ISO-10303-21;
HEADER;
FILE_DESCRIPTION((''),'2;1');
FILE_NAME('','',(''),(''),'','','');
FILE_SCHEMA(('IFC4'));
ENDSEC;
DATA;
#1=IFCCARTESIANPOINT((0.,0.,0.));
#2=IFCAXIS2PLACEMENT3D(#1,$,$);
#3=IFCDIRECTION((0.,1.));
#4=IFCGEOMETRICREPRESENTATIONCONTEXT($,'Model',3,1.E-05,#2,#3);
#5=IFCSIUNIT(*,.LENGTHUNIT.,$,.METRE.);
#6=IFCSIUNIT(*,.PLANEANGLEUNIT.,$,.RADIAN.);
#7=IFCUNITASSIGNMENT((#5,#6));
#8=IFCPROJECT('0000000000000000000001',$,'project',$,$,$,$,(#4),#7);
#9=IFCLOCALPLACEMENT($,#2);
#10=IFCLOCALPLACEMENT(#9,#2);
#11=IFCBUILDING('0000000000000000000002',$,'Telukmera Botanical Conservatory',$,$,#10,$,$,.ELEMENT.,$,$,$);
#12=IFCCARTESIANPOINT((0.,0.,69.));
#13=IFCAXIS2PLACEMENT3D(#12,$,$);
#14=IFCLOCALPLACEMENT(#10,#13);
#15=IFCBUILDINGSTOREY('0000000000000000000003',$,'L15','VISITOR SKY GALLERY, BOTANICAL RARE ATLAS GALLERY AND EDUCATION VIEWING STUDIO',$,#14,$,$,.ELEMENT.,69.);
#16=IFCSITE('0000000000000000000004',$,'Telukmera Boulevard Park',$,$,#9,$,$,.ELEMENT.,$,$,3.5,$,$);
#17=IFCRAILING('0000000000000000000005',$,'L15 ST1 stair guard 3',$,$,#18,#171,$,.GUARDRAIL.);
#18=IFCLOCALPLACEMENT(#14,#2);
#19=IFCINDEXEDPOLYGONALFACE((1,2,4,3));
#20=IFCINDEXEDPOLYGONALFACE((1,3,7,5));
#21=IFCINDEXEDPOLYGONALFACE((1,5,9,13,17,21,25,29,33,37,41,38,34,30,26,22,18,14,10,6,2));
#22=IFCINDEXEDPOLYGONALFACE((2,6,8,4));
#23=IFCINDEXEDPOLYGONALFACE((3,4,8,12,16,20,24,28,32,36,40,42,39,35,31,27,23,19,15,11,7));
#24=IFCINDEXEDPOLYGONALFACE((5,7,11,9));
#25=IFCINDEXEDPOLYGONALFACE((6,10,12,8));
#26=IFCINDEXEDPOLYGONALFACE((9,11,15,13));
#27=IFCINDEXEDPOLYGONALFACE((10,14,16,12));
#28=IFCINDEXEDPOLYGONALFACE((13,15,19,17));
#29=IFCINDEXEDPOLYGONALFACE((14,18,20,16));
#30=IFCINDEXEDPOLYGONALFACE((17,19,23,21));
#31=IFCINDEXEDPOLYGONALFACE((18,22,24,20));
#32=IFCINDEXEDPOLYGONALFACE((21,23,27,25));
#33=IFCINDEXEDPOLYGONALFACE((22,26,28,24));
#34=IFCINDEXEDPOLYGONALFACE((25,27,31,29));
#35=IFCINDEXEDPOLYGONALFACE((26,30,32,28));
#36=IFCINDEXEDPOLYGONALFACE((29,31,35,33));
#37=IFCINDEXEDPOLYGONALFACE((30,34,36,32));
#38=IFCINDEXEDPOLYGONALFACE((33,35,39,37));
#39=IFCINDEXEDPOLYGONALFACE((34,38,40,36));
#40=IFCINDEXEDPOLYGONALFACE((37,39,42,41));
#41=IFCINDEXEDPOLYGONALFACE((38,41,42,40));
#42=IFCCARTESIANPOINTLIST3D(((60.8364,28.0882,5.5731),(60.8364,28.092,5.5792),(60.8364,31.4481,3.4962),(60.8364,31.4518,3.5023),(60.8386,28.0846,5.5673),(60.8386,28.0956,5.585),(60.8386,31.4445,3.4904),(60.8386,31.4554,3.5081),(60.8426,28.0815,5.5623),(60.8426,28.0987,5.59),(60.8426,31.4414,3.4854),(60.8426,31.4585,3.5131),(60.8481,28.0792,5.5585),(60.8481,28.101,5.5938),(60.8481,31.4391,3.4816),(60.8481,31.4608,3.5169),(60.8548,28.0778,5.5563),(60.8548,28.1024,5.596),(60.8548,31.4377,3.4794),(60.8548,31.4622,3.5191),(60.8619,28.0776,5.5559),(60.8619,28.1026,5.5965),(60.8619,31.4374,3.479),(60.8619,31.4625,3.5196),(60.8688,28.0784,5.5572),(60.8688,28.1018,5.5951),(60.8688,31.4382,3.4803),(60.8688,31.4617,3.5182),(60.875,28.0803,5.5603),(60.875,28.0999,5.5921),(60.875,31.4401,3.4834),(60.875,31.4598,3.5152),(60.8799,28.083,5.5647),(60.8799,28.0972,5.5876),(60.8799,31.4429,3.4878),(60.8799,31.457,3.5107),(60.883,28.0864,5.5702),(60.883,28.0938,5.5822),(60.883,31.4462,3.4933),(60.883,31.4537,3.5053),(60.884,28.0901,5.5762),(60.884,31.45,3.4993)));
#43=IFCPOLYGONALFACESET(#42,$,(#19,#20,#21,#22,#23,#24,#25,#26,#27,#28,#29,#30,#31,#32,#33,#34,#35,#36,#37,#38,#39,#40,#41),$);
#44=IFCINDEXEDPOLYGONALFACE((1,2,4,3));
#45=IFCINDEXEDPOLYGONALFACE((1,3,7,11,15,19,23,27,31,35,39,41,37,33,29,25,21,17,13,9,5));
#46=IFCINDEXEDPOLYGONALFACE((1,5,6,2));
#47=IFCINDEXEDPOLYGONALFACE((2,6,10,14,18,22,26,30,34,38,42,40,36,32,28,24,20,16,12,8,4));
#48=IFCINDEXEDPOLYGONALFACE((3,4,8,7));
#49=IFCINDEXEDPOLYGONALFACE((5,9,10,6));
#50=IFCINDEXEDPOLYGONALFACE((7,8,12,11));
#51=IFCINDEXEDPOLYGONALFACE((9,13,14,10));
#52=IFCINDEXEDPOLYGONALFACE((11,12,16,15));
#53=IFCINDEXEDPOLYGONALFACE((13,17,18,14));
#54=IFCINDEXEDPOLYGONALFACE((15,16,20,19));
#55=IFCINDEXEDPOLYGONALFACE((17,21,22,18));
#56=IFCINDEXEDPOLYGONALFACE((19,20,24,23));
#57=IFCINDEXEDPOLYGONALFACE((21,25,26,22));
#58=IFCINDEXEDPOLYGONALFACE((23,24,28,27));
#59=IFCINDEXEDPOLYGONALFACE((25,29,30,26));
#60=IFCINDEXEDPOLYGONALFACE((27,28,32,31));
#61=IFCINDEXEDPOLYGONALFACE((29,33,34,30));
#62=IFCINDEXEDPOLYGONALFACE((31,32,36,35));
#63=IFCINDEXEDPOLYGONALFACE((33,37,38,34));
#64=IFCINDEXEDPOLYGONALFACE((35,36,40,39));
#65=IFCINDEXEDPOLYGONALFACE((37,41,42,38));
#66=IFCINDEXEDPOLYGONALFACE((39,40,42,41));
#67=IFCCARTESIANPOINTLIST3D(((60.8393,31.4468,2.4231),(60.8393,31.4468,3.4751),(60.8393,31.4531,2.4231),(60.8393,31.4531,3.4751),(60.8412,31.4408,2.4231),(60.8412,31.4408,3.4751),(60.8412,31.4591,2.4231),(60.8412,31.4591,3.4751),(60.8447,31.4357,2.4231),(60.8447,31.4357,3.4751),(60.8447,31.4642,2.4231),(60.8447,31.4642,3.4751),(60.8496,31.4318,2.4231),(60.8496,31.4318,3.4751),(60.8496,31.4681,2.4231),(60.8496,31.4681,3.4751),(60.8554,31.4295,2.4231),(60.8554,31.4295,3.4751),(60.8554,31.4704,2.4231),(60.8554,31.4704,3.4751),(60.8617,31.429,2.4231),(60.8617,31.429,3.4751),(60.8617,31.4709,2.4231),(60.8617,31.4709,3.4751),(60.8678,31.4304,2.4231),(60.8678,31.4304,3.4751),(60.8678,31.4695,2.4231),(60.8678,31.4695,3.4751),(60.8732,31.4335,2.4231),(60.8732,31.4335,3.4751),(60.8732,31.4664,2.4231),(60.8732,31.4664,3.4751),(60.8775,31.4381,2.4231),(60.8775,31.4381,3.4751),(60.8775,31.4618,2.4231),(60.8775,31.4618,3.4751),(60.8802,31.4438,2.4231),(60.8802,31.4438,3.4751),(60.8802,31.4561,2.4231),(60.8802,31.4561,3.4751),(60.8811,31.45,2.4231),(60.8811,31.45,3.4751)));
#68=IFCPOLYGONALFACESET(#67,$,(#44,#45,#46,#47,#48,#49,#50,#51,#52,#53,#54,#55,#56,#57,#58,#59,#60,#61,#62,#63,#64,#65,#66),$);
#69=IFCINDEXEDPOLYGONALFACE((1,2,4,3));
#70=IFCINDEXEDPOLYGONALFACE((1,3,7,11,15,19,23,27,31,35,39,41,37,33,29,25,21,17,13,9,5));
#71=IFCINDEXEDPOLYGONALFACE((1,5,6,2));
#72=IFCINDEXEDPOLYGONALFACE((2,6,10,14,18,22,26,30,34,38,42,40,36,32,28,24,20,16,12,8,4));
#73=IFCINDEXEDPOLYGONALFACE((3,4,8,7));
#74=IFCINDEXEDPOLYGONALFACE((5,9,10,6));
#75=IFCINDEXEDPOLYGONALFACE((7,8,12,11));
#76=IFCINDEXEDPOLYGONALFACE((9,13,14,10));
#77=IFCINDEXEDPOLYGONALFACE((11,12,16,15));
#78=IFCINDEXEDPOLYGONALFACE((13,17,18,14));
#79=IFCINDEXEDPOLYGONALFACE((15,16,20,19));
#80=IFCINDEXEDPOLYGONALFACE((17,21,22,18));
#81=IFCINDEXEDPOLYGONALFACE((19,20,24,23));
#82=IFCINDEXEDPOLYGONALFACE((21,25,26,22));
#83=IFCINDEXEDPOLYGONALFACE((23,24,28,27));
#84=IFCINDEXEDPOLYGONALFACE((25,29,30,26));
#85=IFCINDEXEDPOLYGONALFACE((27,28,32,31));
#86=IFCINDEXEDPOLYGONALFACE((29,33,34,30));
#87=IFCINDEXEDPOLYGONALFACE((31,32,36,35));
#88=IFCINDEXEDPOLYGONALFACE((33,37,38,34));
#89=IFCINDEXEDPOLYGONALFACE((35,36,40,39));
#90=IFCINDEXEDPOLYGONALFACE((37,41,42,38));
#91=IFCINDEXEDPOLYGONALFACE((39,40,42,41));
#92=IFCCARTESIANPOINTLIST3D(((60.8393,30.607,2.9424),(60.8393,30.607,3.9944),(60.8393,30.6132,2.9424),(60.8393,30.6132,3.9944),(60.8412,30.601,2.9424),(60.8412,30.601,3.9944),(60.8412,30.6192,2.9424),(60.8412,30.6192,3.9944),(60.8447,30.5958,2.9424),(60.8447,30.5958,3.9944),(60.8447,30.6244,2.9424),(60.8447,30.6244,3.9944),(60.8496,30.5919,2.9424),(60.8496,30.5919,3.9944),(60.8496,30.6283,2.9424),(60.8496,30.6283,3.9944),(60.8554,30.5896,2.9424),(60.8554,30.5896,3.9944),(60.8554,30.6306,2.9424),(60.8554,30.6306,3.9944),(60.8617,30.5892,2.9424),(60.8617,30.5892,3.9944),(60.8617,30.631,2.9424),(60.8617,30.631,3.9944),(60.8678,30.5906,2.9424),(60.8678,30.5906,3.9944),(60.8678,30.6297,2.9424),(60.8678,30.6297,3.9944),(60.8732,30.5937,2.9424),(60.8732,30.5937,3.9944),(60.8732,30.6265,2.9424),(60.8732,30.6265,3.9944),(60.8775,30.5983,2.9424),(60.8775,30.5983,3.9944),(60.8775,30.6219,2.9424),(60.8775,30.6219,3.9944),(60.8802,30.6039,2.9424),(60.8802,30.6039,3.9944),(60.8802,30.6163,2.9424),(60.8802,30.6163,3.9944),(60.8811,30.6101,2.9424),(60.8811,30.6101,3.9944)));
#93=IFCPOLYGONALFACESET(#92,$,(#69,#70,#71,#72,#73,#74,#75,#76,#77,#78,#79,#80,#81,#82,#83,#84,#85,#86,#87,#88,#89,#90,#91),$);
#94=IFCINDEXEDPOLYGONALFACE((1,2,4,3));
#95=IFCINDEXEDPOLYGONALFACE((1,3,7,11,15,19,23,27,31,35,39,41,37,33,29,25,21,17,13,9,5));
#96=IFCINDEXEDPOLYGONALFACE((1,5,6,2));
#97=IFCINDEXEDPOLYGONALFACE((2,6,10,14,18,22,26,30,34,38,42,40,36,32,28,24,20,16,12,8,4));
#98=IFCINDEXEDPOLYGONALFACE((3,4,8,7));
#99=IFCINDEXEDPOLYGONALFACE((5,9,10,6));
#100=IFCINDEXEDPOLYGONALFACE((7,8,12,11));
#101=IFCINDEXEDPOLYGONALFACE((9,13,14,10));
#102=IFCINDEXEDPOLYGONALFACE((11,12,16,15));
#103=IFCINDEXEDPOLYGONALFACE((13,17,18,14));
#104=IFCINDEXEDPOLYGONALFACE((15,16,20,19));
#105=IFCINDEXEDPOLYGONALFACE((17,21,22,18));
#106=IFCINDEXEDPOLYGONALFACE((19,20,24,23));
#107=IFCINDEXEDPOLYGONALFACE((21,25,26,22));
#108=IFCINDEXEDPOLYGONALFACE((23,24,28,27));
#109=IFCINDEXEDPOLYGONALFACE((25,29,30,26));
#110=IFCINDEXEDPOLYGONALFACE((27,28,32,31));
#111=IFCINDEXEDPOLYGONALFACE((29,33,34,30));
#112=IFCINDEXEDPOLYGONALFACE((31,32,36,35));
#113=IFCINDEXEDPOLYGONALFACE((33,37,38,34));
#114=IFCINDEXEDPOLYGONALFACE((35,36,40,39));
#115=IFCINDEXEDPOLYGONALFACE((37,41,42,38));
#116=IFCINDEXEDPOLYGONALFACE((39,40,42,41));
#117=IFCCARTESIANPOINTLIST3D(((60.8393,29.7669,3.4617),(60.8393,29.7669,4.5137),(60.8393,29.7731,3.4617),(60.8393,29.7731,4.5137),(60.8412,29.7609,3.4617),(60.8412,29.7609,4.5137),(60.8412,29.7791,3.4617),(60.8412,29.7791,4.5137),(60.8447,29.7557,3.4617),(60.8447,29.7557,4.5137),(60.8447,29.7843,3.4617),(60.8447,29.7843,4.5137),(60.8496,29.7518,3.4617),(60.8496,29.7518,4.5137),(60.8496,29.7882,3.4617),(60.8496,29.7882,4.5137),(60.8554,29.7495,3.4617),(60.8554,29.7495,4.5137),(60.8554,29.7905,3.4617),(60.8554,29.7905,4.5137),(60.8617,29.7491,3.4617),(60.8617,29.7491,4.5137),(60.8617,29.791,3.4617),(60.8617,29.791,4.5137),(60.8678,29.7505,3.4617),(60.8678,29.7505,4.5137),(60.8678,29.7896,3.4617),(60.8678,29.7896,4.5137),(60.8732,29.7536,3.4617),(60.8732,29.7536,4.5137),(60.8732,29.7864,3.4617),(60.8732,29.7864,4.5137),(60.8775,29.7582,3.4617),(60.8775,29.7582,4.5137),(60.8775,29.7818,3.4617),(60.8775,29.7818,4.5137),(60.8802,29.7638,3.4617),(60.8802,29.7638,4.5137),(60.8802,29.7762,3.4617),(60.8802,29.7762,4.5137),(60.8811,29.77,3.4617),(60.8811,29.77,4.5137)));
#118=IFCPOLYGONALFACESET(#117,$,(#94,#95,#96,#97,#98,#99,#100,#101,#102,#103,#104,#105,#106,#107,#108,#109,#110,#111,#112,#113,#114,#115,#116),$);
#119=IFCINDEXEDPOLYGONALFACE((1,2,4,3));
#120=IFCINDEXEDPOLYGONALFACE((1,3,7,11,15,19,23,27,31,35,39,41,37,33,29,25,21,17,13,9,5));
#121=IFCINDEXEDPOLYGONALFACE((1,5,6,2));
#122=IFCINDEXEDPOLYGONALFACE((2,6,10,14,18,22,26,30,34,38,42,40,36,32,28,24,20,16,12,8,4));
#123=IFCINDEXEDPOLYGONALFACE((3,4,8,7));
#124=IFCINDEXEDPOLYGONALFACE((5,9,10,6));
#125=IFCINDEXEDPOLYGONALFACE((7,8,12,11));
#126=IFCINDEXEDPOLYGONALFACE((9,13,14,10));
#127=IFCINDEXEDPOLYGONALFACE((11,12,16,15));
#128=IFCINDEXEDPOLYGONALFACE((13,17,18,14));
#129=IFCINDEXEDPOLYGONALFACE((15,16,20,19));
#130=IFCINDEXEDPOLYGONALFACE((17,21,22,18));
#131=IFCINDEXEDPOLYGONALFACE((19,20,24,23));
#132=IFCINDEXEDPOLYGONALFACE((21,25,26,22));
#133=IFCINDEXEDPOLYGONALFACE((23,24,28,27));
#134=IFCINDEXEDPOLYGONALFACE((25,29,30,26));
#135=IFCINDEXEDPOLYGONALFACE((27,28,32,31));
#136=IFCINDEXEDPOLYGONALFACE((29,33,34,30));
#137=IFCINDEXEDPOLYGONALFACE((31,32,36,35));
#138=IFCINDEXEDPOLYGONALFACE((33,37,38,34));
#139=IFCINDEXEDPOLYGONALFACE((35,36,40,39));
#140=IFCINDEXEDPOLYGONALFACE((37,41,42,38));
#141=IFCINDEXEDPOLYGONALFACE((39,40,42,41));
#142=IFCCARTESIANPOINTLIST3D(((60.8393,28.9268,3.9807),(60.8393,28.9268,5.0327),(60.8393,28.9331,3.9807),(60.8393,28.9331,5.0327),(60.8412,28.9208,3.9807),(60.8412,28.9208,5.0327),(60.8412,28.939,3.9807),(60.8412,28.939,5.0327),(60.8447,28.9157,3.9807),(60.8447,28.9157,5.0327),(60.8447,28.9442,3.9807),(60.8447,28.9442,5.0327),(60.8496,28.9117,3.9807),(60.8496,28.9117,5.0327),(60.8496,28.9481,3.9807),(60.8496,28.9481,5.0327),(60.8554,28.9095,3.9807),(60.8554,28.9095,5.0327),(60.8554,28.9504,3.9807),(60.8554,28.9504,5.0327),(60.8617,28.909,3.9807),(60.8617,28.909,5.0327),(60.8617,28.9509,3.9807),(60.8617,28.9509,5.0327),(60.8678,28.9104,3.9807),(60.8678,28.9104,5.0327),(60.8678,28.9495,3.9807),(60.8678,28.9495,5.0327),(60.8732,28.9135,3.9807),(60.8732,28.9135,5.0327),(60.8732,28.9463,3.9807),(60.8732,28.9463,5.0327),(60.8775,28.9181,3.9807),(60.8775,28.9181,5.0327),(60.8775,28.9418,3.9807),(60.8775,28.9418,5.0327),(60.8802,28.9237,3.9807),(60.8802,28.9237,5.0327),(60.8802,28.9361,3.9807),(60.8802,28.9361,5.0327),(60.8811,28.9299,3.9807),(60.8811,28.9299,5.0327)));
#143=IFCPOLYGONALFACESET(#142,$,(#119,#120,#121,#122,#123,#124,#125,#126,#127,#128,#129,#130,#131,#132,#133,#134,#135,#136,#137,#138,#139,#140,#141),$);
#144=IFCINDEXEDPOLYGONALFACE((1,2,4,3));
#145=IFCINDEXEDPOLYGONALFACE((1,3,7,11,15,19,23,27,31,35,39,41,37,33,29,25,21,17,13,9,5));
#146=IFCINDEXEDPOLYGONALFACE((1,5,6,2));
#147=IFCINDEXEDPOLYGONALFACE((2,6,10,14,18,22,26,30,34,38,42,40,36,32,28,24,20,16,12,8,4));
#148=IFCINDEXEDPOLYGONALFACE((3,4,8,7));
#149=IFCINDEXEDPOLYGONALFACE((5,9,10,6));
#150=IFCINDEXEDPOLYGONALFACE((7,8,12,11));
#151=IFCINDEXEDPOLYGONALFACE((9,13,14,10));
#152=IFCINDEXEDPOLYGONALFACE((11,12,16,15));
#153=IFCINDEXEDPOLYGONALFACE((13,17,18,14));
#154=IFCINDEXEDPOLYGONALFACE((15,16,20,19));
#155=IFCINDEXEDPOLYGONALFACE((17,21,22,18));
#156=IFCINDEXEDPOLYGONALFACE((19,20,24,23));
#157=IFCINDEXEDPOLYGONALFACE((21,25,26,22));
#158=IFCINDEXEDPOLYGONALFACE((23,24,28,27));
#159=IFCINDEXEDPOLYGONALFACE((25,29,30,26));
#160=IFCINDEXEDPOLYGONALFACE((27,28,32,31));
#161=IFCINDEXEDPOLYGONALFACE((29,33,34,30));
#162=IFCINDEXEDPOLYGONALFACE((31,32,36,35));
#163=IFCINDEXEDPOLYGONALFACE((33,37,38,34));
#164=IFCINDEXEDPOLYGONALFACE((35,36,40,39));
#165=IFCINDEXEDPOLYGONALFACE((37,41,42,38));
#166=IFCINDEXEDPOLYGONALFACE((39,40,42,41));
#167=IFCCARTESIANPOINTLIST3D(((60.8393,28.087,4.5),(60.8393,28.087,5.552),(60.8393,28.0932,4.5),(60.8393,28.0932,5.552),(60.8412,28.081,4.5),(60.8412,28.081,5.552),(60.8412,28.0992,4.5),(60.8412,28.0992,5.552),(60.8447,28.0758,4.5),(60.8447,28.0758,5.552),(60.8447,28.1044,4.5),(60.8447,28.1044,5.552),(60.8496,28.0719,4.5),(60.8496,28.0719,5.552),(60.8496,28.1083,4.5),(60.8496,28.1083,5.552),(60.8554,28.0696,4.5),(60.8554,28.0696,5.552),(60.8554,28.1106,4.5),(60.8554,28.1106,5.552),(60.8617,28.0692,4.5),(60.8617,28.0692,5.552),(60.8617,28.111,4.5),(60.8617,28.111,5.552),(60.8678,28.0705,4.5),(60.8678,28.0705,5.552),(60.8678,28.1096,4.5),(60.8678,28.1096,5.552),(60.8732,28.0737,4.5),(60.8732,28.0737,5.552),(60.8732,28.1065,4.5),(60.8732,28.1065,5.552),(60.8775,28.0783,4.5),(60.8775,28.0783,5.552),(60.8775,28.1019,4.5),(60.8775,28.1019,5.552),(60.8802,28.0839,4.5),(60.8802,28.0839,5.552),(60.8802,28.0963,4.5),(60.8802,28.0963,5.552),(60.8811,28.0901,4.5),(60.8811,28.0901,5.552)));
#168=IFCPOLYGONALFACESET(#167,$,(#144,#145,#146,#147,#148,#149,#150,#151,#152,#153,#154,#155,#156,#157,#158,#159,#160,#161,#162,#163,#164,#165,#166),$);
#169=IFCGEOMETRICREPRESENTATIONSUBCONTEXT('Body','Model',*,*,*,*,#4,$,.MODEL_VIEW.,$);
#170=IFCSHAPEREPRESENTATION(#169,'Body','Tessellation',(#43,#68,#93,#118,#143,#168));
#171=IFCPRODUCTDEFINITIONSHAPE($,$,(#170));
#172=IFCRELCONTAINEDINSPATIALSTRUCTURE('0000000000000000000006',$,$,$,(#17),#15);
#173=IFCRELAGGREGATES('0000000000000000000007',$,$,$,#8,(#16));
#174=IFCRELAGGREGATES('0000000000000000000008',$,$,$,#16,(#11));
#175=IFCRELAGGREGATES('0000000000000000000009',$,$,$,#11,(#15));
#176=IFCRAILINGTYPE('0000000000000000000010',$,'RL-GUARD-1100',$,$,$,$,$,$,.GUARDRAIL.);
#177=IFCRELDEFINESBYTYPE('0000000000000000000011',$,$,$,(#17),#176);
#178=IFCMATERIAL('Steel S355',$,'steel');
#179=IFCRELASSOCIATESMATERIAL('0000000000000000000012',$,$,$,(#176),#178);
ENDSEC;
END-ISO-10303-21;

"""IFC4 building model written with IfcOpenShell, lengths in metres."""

from ifc_helpers import new_model, si_unit, direction, frame, origin, origin_2d, place, context, subcontext, project, spatial, circle, extrude, material, type_object, element, save


model = new_model("IFC4")

# Units and contexts
model_context = context("Model", 3, precision=1e-05, world=origin(), true_north=direction((0.0, 1.0)))
body_context = subcontext(model_context, "Body", "Model", "MODEL_VIEW")
ifc_project = project(units=[si_unit("LENGTHUNIT", "METRE"), si_unit("PLANEANGLEUNIT", "RADIAN")], contexts=[model_context])

# Site, building, storey
site_placement = place(None, origin())
site = spatial("IfcSite", under=ifc_project, at=site_placement, Name="Telukmera Boulevard Park", CompositionType="ELEMENT", RefElevation=3.5)
building_placement = place(site_placement, origin())
building = spatial("IfcBuilding", under=site, at=building_placement, Name="Telukmera Botanical Conservatory", CompositionType="ELEMENT")
storey_placement = place(building_placement, frame((0.0, 0.0, 69.0)))
storey = spatial("IfcBuildingStorey", under=building, at=storey_placement, Name="L15", Description="VISITOR SKY GALLERY, BOTANICAL RARE ATLAS GALLERY AND EDUCATION VIEWING STUDIO", CompositionType="ELEMENT", Elevation=69.0)

# Railing
ifc_material_1 = material(Name="Steel S355", Category="steel")
railing_type_1 = type_object("IfcRailingType", Name="RL-GUARD-1100", PredefinedType="GUARDRAIL", material=ifc_material_1)
railing_1_placement = place(storey_placement, frame((60.8601, 31.45, 2.4231)))
element("IfcRailing", 1, at=railing_1_placement, inside=storey, type_object=railing_type_1, Name="L15 ST1 stair guard 3", PredefinedType="GUARDRAIL", context=body_context, shape_type="SweptSolid", body=[
    extrude(circle(Radius=0.0239, at=origin_2d()), frame((0.0, 0.0, 1.0762), z_axis=(0.0, -0.850606, 0.525803), x_axis=(1.0, 0.0, 0.0)), (0.0, 0.0, 1.0), 3.95),
    extrude(circle(Radius=0.021, at=origin_2d()), origin(), (0.0, 0.0, 1.0), 1.052),
    extrude(circle(Radius=0.021, at=origin_2d()), frame((0.0, -0.8398, 0.5193)), (0.0, 0.0, 1.0), 1.052),
    extrude(circle(Radius=0.021, at=origin_2d()), frame((0.0, -1.6799, 1.0386)), (0.0, 0.0, 1.0), 1.052),
    extrude(circle(Radius=0.021, at=origin_2d()), frame((0.0, -2.52, 1.5576)), (0.0, 0.0, 1.0), 1.052),
    extrude(circle(Radius=0.021, at=origin_2d()), frame((0.0, -3.3599, 2.0769)), (0.0, 0.0, 1.0), 1.052),
])

save(model, "model.ifc")
